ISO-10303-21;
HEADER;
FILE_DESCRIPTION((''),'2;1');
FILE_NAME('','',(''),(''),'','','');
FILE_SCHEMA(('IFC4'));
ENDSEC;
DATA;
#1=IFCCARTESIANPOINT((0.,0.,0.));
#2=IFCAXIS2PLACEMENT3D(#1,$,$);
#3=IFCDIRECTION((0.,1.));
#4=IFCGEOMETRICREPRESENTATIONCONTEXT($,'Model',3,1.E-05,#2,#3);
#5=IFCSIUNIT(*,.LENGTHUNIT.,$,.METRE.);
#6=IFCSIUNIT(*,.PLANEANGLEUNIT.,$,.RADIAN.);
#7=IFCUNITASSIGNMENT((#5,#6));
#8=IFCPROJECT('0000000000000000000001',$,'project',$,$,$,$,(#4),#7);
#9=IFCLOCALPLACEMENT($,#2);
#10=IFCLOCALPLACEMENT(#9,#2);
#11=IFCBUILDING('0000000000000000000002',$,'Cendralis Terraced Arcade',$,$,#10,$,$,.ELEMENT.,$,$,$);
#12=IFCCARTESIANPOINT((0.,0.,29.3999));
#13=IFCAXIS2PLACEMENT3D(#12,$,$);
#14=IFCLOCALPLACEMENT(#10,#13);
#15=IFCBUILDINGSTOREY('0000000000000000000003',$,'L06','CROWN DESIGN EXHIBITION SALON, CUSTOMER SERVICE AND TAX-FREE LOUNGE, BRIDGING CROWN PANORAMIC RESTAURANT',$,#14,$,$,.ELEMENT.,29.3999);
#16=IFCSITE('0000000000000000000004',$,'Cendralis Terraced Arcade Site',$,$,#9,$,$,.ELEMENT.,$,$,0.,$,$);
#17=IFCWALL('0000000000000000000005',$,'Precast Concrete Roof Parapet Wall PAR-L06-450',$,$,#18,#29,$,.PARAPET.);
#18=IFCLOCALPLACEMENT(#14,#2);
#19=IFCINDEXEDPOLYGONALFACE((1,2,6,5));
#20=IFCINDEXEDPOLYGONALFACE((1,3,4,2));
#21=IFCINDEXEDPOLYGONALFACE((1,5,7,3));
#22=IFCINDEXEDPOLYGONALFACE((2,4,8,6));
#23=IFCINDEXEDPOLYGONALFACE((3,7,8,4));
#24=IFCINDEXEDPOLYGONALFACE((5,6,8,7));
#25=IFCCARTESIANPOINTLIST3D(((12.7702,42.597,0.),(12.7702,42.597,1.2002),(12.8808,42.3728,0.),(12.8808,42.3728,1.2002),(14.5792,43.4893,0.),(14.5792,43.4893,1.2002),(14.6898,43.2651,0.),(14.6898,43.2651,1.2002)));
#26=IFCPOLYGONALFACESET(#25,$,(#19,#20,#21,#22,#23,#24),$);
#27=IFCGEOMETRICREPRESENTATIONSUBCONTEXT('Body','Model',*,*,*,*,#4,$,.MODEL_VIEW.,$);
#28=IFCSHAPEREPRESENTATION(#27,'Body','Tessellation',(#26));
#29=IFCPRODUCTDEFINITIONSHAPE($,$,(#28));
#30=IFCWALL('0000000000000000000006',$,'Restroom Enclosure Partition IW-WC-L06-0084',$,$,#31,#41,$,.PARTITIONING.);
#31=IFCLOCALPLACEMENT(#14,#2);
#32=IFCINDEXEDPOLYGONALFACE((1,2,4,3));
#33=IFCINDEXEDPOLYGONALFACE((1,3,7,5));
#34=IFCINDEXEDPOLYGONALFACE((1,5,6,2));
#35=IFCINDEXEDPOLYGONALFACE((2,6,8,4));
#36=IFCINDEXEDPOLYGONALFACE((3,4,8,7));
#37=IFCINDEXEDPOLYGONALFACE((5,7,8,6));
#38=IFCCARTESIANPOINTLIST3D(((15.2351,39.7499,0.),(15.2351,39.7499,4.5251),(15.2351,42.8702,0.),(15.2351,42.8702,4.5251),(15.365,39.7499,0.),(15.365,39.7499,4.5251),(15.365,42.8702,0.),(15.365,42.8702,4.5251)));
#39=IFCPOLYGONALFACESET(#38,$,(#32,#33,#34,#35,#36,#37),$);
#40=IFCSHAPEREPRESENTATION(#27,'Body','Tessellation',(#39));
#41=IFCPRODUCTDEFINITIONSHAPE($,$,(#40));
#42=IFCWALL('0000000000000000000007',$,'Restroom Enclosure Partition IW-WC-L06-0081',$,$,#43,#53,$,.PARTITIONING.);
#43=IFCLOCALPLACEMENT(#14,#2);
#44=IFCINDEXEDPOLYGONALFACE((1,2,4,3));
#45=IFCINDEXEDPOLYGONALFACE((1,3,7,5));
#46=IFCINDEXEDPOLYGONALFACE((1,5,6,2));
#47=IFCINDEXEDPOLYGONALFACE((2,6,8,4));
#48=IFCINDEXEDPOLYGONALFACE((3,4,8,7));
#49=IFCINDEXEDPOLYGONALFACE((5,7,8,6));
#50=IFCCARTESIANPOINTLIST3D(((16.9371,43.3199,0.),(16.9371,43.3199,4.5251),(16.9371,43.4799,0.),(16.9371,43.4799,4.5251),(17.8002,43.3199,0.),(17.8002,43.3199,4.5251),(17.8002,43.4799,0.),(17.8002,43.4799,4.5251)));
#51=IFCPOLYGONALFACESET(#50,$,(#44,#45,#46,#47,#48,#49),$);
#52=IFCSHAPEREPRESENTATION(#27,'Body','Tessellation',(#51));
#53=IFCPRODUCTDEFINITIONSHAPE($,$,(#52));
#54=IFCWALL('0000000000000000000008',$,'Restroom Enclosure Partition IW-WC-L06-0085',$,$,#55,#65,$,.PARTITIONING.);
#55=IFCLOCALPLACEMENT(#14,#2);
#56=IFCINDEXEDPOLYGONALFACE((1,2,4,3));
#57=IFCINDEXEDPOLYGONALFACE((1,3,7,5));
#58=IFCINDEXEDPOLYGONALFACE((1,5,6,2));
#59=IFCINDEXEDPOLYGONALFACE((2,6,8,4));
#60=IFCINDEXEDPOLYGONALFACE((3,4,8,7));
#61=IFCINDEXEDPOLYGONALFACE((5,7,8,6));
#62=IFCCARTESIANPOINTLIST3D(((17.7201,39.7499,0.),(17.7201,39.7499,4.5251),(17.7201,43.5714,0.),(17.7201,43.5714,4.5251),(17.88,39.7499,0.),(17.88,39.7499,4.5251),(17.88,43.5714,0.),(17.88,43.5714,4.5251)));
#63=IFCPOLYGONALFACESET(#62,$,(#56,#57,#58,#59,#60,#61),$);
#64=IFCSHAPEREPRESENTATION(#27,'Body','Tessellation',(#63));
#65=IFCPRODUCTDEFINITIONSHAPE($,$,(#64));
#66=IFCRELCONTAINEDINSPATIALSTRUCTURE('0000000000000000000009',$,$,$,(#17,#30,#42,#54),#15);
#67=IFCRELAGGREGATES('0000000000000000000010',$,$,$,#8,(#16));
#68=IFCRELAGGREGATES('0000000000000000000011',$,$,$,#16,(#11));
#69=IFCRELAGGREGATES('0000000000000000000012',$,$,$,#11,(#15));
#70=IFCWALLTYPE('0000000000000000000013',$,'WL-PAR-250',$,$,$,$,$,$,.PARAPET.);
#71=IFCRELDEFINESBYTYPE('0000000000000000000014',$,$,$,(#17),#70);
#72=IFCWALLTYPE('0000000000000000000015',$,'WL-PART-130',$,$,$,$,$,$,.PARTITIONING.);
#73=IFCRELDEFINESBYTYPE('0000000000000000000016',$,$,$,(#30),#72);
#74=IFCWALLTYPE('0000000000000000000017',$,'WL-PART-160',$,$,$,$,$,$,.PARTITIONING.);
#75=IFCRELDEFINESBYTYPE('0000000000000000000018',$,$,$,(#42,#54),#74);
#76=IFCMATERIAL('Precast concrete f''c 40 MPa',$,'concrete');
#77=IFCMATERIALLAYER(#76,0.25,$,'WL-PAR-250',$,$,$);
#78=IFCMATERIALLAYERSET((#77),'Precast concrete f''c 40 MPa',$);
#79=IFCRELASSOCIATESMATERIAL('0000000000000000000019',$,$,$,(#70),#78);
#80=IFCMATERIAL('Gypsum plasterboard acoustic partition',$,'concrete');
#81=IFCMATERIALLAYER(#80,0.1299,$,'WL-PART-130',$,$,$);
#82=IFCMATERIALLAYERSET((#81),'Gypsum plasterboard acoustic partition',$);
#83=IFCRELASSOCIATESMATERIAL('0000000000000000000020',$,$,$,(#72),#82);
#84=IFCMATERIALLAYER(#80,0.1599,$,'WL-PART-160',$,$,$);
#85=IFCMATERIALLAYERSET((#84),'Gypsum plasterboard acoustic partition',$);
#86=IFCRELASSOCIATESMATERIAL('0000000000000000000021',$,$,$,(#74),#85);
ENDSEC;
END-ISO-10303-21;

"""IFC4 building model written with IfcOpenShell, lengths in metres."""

from ifc_helpers import new_model, si_unit, direction, frame, frame_2d, origin, place, context, subcontext, project, spatial, rectangle, extrude, material, layer, layer_set, type_object, element, save


model = new_model("IFC4")

# Units and contexts
model_context = context("Model", 3, precision=1e-05, world=origin(), true_north=direction((0.0, 1.0)))
body_context = subcontext(model_context, "Body", "Model", "MODEL_VIEW")
ifc_project = project(units=[si_unit("LENGTHUNIT", "METRE"), si_unit("PLANEANGLEUNIT", "RADIAN")], contexts=[model_context])

# Site, building, storey
site_placement = place(None, origin())
site = spatial("IfcSite", under=ifc_project, at=site_placement, Name="Cendralis Terraced Arcade Site", CompositionType="ELEMENT", RefElevation=0.0)
building_placement = place(site_placement, origin())
building = spatial("IfcBuilding", under=site, at=building_placement, Name="Cendralis Terraced Arcade", CompositionType="ELEMENT")
storey_placement = place(building_placement, frame((0.0, 0.0, 29.3999)))
storey = spatial("IfcBuildingStorey", under=building, at=storey_placement, Name="L06", Description="CROWN DESIGN EXHIBITION SALON, CUSTOMER SERVICE AND TAX-FREE LOUNGE, BRIDGING CROWN PANORAMIC RESTAURANT", CompositionType="ELEMENT", Elevation=29.3999)

# Walls
ifc_material_1 = material(Name="Precast concrete f'c 40 MPa", Category="concrete")
ifc_layer_1 = layer(ifc_material_1, 0.25, Name="WL-PAR-250")
ifc_layer_set_1 = layer_set([ifc_layer_1], Name="Precast concrete f'c 40 MPa")
wall_type_1 = type_object("IfcWallType", Name="WL-PAR-250", PredefinedType="PARAPET", material=ifc_layer_set_1)
wall_1_placement = place(storey_placement, frame((14.6345, 43.3772, 0.0), z_axis=(0.0, 0.0, 1.0), x_axis=(-0.896835, -0.442366, 0.0)))
element("IfcWall", 1, at=wall_1_placement, inside=storey, type_object=wall_type_1, Name="Precast Concrete Roof Parapet Wall PAR-L06-450", PredefinedType="PARAPET", context=body_context, shape_type="SweptSolid", body=[
    extrude(rectangle(XDim=2.0171, YDim=0.25, at=frame_2d((1.0085, 0.0))), origin(), (0.0, 0.0, 1.0), 1.2002),
])
ifc_material_2 = material(Name="Gypsum plasterboard acoustic partition", Category="concrete")
ifc_layer_2 = layer(ifc_material_2, 0.1299, Name="WL-PART-130")
ifc_layer_set_2 = layer_set([ifc_layer_2], Name="Gypsum plasterboard acoustic partition")
wall_type_2 = type_object("IfcWallType", Name="WL-PART-130", PredefinedType="PARTITIONING", material=ifc_layer_set_2)
wall_2_placement = place(storey_placement, frame((15.3, 39.75, 0.0), z_axis=(0.0, 0.0, 1.0), x_axis=(0.0, 1.0, 0.0)))
element("IfcWall", 2, at=wall_2_placement, inside=storey, type_object=wall_type_2, Name="Restroom Enclosure Partition IW-WC-L06-0084", PredefinedType="PARTITIONING", context=body_context, shape_type="SweptSolid", body=[
    extrude(rectangle(XDim=3.1204, YDim=0.1299, at=frame_2d((1.5601, 0.0))), origin(), (0.0, 0.0, 1.0), 4.5251),
])
ifc_layer_3 = layer(ifc_material_2, 0.1599, Name="WL-PART-160")
ifc_layer_set_3 = layer_set([ifc_layer_3], Name="Gypsum plasterboard acoustic partition")
wall_type_3 = type_object("IfcWallType", Name="WL-PART-160", PredefinedType="PARTITIONING", material=ifc_layer_set_3)
wall_3_placement = place(storey_placement, frame((16.937, 43.3999, 0.0), z_axis=(0.0, 0.0, 1.0), x_axis=(1.0, 0.0, 0.0)))
element("IfcWall", 3, at=wall_3_placement, inside=storey, type_object=wall_type_3, Name="Restroom Enclosure Partition IW-WC-L06-0081", PredefinedType="PARTITIONING", context=body_context, shape_type="SweptSolid", body=[
    extrude(rectangle(XDim=0.863, YDim=0.1599, at=frame_2d((0.4316, 0.0))), origin(), (0.0, 0.0, 1.0), 4.5251),
])
wall_4_placement = place(storey_placement, frame((17.8, 39.75, 0.0), z_axis=(0.0, 0.0, 1.0), x_axis=(0.0, 1.0, 0.0)))
element("IfcWall", 4, at=wall_4_placement, inside=storey, type_object=wall_type_3, Name="Restroom Enclosure Partition IW-WC-L06-0085", PredefinedType="PARTITIONING", context=body_context, shape_type="SweptSolid", body=[
    extrude(rectangle(XDim=3.8215, YDim=0.1599, at=frame_2d((1.9106, 0.0))), origin(), (0.0, 0.0, 1.0), 4.5251),
])

save(model, "model.ifc")
